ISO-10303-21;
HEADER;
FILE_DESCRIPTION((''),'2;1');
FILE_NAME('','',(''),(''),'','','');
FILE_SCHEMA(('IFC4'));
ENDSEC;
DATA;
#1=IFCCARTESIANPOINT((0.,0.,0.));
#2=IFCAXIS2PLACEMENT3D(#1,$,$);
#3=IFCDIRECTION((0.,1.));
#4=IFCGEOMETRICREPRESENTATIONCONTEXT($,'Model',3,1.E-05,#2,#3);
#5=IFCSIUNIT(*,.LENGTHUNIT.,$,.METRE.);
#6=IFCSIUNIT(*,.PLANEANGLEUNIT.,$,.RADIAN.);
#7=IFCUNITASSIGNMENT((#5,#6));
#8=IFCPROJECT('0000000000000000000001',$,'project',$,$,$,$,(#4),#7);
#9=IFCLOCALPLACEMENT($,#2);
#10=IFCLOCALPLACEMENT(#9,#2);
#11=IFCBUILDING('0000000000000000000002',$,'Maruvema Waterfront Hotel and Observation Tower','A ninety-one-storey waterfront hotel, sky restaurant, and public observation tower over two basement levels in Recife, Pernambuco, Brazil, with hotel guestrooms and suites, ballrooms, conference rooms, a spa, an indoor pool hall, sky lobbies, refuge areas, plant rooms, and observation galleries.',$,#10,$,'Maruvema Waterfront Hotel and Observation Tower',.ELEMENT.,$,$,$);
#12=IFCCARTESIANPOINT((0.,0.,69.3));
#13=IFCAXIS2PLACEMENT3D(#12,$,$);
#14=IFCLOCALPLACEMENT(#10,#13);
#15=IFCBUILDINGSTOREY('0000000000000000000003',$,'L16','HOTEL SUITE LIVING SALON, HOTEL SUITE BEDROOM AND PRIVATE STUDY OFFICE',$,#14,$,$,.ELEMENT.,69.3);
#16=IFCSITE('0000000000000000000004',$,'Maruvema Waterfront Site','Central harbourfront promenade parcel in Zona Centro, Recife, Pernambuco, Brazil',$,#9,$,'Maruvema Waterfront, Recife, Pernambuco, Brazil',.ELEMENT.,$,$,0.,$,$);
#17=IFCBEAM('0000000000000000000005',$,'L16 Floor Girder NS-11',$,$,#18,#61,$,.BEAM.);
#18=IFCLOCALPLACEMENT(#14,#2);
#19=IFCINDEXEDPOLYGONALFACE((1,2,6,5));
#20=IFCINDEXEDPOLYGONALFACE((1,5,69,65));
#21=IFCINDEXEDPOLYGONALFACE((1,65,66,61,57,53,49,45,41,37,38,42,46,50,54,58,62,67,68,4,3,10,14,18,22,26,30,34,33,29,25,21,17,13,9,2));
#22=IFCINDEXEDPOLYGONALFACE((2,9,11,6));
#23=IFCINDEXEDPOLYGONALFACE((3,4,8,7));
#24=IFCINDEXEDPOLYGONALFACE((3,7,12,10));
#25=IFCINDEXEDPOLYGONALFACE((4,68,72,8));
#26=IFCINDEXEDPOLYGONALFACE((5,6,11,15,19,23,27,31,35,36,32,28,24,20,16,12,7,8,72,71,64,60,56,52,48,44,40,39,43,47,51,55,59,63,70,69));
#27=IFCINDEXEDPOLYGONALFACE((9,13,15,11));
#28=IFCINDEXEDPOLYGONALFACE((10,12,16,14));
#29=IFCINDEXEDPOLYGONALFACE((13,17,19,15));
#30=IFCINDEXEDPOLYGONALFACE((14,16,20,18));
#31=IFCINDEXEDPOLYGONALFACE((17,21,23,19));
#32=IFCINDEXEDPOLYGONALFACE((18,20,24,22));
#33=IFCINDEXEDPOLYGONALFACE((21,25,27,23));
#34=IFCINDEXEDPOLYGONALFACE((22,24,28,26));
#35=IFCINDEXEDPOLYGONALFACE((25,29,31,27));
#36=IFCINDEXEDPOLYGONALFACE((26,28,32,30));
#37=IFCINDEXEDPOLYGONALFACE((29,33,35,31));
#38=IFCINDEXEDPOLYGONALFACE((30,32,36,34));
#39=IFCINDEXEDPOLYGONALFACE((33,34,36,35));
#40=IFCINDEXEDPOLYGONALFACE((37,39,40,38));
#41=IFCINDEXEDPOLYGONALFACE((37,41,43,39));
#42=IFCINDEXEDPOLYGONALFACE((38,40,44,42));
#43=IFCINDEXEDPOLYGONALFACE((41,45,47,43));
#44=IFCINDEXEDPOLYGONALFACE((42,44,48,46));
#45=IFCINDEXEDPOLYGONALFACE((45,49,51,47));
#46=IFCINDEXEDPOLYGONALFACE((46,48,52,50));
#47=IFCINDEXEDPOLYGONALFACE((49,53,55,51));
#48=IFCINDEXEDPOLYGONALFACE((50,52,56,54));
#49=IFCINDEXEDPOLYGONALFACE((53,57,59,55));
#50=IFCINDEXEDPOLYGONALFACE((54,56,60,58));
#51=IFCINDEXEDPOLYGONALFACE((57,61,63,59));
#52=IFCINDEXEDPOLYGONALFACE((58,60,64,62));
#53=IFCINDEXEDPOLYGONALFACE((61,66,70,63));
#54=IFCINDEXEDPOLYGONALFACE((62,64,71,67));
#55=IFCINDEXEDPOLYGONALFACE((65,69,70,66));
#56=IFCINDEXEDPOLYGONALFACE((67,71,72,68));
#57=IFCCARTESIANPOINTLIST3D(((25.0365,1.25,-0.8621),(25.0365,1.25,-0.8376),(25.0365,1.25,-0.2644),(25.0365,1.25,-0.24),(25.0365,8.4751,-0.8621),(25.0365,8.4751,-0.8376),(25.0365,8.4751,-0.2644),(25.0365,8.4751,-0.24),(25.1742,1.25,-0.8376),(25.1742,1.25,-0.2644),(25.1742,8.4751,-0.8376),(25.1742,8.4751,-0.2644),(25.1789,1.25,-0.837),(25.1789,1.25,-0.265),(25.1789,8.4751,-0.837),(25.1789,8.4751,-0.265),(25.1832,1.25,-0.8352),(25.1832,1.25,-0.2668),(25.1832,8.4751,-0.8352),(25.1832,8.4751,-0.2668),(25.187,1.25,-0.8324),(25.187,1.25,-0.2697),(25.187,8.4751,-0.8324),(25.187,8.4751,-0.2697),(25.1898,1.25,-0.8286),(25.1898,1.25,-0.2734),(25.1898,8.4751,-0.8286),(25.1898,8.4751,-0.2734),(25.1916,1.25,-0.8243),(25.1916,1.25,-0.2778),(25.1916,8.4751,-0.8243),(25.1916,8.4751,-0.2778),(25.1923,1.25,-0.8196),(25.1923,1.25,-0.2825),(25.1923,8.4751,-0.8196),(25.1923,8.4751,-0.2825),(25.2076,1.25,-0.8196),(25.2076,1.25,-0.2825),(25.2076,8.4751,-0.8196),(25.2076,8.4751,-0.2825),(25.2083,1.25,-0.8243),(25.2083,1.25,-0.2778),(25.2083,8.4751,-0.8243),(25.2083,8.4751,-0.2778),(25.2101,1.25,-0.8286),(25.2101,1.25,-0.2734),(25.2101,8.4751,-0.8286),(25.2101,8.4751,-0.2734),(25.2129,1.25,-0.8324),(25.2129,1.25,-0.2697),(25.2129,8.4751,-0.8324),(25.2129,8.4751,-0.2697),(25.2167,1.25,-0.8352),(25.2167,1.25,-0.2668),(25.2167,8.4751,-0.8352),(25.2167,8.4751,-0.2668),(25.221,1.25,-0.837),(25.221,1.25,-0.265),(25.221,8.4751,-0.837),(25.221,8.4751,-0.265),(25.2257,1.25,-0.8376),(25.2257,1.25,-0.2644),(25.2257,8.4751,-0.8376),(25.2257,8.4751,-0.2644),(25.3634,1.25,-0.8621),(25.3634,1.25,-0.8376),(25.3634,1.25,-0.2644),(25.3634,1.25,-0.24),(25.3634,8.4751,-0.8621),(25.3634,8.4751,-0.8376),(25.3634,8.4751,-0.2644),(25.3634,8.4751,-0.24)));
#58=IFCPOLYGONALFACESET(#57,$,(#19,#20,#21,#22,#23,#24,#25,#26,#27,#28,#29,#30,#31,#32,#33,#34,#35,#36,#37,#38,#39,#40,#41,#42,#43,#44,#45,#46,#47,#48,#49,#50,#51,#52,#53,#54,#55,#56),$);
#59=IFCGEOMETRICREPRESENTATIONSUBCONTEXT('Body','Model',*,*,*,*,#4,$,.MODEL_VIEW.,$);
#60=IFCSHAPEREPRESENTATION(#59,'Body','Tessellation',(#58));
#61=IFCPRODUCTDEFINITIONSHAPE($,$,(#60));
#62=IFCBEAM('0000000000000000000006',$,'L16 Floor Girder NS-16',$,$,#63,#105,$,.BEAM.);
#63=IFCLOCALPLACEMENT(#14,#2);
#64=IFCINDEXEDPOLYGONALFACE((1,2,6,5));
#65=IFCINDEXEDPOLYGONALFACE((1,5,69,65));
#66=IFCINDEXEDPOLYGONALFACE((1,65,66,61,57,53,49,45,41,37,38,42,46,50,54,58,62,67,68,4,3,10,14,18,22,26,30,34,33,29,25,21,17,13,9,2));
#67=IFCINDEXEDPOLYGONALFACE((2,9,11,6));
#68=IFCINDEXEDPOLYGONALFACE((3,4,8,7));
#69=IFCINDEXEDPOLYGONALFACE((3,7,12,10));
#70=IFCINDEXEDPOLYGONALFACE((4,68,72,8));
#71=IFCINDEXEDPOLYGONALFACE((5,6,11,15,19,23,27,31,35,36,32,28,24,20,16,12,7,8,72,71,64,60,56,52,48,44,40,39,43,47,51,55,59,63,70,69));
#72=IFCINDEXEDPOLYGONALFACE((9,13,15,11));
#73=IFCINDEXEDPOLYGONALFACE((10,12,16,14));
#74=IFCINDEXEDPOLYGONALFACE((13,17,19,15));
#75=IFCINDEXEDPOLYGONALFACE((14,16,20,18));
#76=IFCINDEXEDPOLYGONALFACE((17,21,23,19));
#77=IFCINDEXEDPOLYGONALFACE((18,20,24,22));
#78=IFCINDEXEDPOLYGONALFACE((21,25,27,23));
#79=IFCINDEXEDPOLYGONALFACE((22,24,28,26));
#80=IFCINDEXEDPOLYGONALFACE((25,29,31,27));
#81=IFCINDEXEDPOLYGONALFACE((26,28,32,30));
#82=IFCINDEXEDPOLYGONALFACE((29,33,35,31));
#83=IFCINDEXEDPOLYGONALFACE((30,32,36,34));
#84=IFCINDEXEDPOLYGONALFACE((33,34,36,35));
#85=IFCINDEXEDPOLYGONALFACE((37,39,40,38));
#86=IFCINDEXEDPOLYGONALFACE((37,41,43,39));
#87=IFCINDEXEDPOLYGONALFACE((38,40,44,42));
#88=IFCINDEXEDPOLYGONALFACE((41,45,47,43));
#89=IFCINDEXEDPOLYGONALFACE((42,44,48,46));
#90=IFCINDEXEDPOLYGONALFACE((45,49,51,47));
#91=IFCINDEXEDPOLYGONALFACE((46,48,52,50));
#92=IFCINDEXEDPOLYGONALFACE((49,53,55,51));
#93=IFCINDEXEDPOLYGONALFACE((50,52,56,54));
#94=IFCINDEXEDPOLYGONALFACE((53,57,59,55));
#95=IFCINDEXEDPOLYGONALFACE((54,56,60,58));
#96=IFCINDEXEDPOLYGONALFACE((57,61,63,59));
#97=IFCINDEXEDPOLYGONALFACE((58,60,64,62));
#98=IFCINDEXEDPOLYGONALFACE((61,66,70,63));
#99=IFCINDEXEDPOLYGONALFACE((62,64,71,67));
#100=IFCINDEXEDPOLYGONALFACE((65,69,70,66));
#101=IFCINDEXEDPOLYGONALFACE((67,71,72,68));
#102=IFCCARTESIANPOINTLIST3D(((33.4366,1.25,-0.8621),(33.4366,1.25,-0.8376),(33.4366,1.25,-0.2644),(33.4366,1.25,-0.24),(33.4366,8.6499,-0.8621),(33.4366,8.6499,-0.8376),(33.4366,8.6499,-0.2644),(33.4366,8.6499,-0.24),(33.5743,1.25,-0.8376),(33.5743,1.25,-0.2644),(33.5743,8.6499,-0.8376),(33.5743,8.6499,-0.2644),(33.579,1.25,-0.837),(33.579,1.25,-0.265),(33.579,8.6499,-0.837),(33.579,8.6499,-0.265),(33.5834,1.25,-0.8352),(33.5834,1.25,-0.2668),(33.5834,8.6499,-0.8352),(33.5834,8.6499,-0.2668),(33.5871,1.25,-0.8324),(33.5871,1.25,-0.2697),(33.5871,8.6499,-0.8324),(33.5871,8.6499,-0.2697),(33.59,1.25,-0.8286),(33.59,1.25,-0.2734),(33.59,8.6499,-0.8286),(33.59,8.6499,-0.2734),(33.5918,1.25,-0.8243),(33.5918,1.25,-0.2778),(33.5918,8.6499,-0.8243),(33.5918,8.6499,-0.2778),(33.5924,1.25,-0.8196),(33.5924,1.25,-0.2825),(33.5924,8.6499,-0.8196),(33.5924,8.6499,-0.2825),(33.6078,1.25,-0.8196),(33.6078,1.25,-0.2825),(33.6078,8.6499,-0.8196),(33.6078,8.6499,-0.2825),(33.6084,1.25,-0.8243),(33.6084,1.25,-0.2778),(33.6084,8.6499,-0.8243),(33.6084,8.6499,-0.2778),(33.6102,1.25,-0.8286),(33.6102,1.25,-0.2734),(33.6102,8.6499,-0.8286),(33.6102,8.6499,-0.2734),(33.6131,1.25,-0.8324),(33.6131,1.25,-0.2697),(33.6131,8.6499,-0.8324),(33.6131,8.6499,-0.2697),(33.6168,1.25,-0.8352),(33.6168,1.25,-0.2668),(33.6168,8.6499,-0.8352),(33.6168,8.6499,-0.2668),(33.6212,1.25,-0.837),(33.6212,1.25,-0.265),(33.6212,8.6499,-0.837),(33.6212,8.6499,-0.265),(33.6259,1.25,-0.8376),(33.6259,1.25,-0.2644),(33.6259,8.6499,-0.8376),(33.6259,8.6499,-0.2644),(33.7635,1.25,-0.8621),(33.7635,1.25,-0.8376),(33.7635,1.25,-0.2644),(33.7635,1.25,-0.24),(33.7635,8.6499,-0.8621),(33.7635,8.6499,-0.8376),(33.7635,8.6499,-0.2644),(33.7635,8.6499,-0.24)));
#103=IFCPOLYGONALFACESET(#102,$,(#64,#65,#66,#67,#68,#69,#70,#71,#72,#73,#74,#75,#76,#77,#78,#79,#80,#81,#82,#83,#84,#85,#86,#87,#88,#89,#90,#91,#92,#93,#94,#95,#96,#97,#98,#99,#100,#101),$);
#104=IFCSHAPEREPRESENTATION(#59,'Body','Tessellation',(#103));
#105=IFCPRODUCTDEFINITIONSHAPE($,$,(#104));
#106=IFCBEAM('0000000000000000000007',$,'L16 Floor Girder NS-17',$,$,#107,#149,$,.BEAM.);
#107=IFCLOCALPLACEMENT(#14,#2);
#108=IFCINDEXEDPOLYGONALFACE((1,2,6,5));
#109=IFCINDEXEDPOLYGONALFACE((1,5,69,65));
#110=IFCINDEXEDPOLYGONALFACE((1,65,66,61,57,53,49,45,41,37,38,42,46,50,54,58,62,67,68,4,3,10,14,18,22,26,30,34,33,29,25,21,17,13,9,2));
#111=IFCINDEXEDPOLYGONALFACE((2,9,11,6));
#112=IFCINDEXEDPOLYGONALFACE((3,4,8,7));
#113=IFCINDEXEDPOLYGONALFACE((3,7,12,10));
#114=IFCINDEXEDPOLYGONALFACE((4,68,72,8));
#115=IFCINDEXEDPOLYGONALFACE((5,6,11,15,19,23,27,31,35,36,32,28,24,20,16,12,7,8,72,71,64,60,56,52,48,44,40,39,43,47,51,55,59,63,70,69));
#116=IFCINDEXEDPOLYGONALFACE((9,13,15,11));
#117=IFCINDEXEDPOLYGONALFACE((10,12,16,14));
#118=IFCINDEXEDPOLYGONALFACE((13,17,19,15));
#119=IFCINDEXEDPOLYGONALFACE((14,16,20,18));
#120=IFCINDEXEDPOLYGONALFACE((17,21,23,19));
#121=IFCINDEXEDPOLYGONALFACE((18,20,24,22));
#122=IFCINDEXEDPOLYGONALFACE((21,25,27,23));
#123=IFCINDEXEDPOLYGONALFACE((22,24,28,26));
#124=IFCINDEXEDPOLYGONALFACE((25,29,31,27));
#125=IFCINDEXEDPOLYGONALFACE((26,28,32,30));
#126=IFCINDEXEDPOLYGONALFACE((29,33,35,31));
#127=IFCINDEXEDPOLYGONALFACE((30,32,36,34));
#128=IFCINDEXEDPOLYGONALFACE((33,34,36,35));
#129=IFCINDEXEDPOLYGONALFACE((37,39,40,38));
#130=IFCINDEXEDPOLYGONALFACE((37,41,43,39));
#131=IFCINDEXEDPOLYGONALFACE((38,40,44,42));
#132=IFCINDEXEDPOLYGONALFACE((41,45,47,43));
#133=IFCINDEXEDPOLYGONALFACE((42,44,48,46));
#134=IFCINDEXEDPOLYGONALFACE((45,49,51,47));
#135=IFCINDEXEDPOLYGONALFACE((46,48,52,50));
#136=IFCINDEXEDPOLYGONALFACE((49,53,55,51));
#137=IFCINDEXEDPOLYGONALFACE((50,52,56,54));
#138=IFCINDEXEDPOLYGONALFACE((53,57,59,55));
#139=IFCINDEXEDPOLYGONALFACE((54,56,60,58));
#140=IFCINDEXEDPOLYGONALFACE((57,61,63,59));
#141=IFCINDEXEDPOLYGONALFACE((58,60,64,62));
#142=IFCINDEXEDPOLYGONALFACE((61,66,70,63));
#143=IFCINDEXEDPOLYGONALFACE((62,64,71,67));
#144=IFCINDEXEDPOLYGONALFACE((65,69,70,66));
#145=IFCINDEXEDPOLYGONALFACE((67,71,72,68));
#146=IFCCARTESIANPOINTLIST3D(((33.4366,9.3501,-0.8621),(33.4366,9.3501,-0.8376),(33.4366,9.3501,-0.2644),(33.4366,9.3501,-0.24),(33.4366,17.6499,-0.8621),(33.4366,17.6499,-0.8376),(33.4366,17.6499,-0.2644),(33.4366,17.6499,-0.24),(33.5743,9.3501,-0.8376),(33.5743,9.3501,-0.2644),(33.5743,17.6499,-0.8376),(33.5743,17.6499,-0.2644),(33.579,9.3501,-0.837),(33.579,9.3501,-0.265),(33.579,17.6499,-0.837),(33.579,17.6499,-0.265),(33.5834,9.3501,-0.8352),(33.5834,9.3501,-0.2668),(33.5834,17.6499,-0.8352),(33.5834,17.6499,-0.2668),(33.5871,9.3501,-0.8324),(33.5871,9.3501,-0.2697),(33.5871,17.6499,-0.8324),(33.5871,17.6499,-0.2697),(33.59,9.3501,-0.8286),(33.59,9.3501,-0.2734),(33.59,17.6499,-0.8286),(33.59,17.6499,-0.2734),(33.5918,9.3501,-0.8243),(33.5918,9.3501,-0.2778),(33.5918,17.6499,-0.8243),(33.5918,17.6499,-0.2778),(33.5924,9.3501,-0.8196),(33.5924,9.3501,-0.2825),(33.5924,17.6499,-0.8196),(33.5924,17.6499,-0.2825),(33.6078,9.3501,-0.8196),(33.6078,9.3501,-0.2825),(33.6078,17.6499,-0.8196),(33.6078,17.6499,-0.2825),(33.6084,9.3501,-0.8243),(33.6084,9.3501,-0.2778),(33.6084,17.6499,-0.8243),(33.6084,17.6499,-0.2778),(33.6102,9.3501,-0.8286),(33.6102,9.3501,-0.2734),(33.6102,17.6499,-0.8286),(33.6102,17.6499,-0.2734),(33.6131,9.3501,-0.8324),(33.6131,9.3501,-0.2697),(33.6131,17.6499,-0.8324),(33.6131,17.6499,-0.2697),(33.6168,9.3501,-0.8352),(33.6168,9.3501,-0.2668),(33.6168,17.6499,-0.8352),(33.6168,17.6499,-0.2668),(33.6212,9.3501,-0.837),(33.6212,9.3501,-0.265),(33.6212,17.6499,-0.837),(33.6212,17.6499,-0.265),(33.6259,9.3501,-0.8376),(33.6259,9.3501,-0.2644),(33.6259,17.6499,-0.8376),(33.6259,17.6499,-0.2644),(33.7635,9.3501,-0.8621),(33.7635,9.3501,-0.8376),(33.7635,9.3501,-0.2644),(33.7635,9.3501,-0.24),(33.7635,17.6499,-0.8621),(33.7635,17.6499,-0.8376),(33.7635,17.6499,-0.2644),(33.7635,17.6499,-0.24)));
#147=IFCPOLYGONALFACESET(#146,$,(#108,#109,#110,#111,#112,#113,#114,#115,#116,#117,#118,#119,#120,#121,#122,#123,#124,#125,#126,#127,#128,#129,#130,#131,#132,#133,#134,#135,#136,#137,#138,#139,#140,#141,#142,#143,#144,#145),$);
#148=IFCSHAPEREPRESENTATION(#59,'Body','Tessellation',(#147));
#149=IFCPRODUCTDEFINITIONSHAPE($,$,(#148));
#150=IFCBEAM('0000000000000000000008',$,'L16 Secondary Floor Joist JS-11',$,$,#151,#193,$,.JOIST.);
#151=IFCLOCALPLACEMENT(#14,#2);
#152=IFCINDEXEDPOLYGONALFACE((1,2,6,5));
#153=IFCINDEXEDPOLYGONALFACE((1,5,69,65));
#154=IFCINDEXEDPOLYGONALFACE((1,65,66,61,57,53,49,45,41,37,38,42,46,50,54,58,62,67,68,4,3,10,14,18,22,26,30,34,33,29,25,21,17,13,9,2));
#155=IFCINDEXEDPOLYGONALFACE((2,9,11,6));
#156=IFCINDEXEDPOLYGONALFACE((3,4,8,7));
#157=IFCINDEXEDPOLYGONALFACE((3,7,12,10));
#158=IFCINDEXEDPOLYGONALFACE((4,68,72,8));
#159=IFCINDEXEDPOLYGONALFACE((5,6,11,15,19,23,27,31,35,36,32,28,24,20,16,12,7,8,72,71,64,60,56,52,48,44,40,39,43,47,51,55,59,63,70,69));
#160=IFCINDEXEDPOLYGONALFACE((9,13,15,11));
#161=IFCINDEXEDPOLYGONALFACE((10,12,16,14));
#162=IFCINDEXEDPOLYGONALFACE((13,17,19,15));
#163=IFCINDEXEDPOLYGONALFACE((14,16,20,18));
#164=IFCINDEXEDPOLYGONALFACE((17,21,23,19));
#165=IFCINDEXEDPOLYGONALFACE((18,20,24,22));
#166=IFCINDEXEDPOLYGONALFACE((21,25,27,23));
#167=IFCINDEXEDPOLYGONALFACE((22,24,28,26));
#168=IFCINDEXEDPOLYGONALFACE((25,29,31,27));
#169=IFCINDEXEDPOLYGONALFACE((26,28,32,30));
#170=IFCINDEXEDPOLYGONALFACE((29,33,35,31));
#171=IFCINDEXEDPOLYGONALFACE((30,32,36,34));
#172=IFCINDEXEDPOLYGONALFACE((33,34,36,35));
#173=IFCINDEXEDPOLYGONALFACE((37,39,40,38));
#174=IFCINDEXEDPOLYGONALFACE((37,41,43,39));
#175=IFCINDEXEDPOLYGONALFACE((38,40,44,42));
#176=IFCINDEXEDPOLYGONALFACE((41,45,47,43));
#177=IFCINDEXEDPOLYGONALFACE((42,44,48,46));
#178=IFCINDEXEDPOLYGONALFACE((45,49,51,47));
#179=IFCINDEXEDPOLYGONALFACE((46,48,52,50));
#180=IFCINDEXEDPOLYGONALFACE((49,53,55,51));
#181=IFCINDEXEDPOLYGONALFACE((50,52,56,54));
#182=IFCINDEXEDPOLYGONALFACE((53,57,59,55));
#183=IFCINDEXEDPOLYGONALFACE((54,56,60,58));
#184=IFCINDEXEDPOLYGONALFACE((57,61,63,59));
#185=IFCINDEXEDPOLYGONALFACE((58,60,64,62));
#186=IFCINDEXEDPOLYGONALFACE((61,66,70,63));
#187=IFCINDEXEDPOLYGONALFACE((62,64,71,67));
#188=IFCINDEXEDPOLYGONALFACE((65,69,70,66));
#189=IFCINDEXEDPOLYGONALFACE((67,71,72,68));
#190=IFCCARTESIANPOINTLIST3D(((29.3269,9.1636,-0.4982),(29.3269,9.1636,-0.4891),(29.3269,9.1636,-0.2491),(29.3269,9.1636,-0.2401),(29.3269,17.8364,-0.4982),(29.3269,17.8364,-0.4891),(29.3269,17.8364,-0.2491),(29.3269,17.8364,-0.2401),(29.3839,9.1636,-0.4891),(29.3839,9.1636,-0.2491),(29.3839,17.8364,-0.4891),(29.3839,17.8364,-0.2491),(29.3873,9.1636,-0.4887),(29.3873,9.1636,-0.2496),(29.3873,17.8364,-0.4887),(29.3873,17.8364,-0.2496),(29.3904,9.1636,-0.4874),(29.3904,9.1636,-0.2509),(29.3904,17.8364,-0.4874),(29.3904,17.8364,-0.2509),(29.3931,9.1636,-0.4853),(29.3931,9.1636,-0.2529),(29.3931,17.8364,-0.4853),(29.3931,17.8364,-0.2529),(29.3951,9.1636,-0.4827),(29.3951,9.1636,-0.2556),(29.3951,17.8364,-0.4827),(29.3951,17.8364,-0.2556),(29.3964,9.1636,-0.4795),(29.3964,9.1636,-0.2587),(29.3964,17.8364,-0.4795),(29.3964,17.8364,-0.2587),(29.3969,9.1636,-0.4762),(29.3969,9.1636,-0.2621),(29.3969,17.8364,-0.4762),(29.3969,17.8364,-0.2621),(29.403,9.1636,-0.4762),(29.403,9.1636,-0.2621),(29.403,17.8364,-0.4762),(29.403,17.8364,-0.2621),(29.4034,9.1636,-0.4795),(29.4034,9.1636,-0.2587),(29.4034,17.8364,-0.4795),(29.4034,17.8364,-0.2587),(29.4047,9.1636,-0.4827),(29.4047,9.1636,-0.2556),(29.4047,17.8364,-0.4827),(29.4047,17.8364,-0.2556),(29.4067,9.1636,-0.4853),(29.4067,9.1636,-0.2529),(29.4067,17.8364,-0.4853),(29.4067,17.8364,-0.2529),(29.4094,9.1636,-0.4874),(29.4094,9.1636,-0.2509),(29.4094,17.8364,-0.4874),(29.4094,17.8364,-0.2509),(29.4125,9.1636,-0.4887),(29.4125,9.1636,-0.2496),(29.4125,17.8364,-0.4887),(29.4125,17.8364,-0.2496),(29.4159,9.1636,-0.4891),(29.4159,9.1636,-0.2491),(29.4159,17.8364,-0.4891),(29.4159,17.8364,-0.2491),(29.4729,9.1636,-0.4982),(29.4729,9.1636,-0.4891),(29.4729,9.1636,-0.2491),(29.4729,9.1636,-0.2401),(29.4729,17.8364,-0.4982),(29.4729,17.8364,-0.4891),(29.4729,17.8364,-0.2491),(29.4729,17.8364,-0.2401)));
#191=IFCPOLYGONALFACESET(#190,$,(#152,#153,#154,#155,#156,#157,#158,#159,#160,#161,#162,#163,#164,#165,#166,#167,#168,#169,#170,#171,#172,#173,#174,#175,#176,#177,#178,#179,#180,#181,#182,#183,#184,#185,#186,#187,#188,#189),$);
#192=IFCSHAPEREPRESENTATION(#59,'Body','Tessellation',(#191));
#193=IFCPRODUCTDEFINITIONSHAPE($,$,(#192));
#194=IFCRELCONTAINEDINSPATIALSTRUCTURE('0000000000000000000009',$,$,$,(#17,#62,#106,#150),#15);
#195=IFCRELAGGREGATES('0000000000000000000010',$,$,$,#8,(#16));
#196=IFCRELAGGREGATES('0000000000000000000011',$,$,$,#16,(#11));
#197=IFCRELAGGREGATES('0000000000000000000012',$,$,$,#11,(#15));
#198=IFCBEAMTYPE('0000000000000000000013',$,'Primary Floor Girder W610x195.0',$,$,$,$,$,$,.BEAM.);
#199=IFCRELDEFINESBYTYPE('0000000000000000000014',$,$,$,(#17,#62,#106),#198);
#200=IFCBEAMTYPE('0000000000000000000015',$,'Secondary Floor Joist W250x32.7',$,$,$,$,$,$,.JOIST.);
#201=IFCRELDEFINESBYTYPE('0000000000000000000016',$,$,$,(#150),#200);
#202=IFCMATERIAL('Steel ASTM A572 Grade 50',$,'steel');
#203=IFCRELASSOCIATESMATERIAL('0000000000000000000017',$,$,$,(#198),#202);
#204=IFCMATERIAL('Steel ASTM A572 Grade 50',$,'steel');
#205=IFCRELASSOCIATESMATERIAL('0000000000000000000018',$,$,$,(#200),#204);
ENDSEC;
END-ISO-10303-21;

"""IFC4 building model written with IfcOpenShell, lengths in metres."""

from ifc_helpers import new_model, si_unit, direction, frame, origin, origin_2d, place, context, subcontext, project, spatial, i_section, extrude, material, material_profile, profile_set, type_object, element, save


model = new_model("IFC4")

# Units and contexts
model_context = context("Model", 3, precision=1e-05, world=origin(), true_north=direction((0.0, 1.0)))
body_context = subcontext(model_context, "Body", "Model", "MODEL_VIEW")
ifc_project = project(units=[si_unit("LENGTHUNIT", "METRE"), si_unit("PLANEANGLEUNIT", "RADIAN")], contexts=[model_context])

# Site, building, storey
site_placement = place(None, origin())
site = spatial("IfcSite", under=ifc_project, at=site_placement, Name="Maruvema Waterfront Site", Description="Central harbourfront promenade parcel in Zona Centro, Recife, Pernambuco, Brazil", LongName="Maruvema Waterfront, Recife, Pernambuco, Brazil", CompositionType="ELEMENT", RefElevation=0.0)
building_placement = place(site_placement, origin())
building = spatial("IfcBuilding", under=site, at=building_placement, Name="Maruvema Waterfront Hotel and Observation Tower", Description="A ninety-one-storey waterfront hotel, sky restaurant, and public observation tower over two basement levels in Recife, Pernambuco, Brazil, with hotel guestrooms and suites, ballrooms, conference rooms, a spa, an indoor pool hall, sky lobbies, refuge areas, plant rooms, and observation galleries.", LongName="Maruvema Waterfront Hotel and Observation Tower", CompositionType="ELEMENT")
storey_placement = place(building_placement, frame((0.0, 0.0, 69.3)))
storey = spatial("IfcBuildingStorey", under=building, at=storey_placement, Name="L16", Description="HOTEL SUITE LIVING SALON, HOTEL SUITE BEDROOM AND PRIVATE STUDY OFFICE", CompositionType="ELEMENT", Elevation=69.3)

# Beams
ifc_material_1 = material(Name="Steel ASTM A572 Grade 50", Category="steel")
ifc_material_profile_1 = material_profile(ifc_material_1, i_section(OverallWidth=0.3269, OverallDepth=0.6221, WebThickness=0.0154, FlangeThickness=0.0244, FilletRadius=0.0181, at=origin_2d()), Name="W610x195.0")
ifc_profile_set_1 = profile_set([ifc_material_profile_1], Name="Steel ASTM A572 Grade 50")
beam_type_1 = type_object("IfcBeamType", Name="Primary Floor Girder W610x195.0", PredefinedType="BEAM", material=ifc_profile_set_1)
beam_1_placement = place(storey_placement, frame((25.2, 1.25, -0.551), z_axis=(0.0, 1.0, 0.0), x_axis=(-1.0, 0.0, 0.0)))
element("IfcBeam", 1, at=beam_1_placement, inside=storey, type_object=beam_type_1, Name="L16 Floor Girder NS-11", PredefinedType="BEAM", context=body_context, shape_type="SweptSolid", body=[
    extrude(i_section(OverallWidth=0.3269, OverallDepth=0.6221, WebThickness=0.0154, FlangeThickness=0.0244, FilletRadius=0.0181, at=origin_2d()), origin(), (0.0, 0.0, 1.0), 7.2251),
])
beam_2_placement = place(storey_placement, frame((33.6001, 1.25, -0.551), z_axis=(0.0, 1.0, 0.0), x_axis=(-1.0, 0.0, 0.0)))
element("IfcBeam", 2, at=beam_2_placement, inside=storey, type_object=beam_type_1, Name="L16 Floor Girder NS-16", PredefinedType="BEAM", context=body_context, shape_type="SweptSolid", body=[
    extrude(i_section(OverallWidth=0.3269, OverallDepth=0.6221, WebThickness=0.0154, FlangeThickness=0.0244, FilletRadius=0.0181, at=origin_2d()), origin(), (0.0, 0.0, 1.0), 7.3999),
])
beam_3_placement = place(storey_placement, frame((33.6001, 9.3501, -0.551), z_axis=(0.0, 1.0, 0.0), x_axis=(-1.0, 0.0, 0.0)))
element("IfcBeam", 3, at=beam_3_placement, inside=storey, type_object=beam_type_1, Name="L16 Floor Girder NS-17", PredefinedType="BEAM", context=body_context, shape_type="SweptSolid", body=[
    extrude(i_section(OverallWidth=0.3269, OverallDepth=0.6221, WebThickness=0.0154, FlangeThickness=0.0244, FilletRadius=0.0181, at=origin_2d()), origin(), (0.0, 0.0, 1.0), 8.2998),
])
ifc_material_2 = material(Name="Steel ASTM A572 Grade 50", Category="steel")
ifc_material_profile_2 = material_profile(ifc_material_2, i_section(OverallWidth=0.146, OverallDepth=0.2581, WebThickness=0.0061, FlangeThickness=0.009, FilletRadius=0.0129, at=origin_2d()), Name="W250x32.7")
ifc_profile_set_2 = profile_set([ifc_material_profile_2], Name="Steel ASTM A572 Grade 50")
beam_type_2 = type_object("IfcBeamType", Name="Secondary Floor Joist W250x32.7", PredefinedType="JOIST", material=ifc_profile_set_2)
beam_4_placement = place(storey_placement, frame((29.3999, 9.1636, -0.3691), z_axis=(0.0, 1.0, 0.0), x_axis=(-1.0, 0.0, 0.0)))
element("IfcBeam", 4, at=beam_4_placement, inside=storey, type_object=beam_type_2, Name="L16 Secondary Floor Joist JS-11", PredefinedType="JOIST", context=body_context, shape_type="SweptSolid", body=[
    extrude(i_section(OverallWidth=0.146, OverallDepth=0.2581, WebThickness=0.0061, FlangeThickness=0.009, FilletRadius=0.0129, at=origin_2d()), origin(), (0.0, 0.0, 1.0), 8.6729),
])

save(model, "model.ifc")
